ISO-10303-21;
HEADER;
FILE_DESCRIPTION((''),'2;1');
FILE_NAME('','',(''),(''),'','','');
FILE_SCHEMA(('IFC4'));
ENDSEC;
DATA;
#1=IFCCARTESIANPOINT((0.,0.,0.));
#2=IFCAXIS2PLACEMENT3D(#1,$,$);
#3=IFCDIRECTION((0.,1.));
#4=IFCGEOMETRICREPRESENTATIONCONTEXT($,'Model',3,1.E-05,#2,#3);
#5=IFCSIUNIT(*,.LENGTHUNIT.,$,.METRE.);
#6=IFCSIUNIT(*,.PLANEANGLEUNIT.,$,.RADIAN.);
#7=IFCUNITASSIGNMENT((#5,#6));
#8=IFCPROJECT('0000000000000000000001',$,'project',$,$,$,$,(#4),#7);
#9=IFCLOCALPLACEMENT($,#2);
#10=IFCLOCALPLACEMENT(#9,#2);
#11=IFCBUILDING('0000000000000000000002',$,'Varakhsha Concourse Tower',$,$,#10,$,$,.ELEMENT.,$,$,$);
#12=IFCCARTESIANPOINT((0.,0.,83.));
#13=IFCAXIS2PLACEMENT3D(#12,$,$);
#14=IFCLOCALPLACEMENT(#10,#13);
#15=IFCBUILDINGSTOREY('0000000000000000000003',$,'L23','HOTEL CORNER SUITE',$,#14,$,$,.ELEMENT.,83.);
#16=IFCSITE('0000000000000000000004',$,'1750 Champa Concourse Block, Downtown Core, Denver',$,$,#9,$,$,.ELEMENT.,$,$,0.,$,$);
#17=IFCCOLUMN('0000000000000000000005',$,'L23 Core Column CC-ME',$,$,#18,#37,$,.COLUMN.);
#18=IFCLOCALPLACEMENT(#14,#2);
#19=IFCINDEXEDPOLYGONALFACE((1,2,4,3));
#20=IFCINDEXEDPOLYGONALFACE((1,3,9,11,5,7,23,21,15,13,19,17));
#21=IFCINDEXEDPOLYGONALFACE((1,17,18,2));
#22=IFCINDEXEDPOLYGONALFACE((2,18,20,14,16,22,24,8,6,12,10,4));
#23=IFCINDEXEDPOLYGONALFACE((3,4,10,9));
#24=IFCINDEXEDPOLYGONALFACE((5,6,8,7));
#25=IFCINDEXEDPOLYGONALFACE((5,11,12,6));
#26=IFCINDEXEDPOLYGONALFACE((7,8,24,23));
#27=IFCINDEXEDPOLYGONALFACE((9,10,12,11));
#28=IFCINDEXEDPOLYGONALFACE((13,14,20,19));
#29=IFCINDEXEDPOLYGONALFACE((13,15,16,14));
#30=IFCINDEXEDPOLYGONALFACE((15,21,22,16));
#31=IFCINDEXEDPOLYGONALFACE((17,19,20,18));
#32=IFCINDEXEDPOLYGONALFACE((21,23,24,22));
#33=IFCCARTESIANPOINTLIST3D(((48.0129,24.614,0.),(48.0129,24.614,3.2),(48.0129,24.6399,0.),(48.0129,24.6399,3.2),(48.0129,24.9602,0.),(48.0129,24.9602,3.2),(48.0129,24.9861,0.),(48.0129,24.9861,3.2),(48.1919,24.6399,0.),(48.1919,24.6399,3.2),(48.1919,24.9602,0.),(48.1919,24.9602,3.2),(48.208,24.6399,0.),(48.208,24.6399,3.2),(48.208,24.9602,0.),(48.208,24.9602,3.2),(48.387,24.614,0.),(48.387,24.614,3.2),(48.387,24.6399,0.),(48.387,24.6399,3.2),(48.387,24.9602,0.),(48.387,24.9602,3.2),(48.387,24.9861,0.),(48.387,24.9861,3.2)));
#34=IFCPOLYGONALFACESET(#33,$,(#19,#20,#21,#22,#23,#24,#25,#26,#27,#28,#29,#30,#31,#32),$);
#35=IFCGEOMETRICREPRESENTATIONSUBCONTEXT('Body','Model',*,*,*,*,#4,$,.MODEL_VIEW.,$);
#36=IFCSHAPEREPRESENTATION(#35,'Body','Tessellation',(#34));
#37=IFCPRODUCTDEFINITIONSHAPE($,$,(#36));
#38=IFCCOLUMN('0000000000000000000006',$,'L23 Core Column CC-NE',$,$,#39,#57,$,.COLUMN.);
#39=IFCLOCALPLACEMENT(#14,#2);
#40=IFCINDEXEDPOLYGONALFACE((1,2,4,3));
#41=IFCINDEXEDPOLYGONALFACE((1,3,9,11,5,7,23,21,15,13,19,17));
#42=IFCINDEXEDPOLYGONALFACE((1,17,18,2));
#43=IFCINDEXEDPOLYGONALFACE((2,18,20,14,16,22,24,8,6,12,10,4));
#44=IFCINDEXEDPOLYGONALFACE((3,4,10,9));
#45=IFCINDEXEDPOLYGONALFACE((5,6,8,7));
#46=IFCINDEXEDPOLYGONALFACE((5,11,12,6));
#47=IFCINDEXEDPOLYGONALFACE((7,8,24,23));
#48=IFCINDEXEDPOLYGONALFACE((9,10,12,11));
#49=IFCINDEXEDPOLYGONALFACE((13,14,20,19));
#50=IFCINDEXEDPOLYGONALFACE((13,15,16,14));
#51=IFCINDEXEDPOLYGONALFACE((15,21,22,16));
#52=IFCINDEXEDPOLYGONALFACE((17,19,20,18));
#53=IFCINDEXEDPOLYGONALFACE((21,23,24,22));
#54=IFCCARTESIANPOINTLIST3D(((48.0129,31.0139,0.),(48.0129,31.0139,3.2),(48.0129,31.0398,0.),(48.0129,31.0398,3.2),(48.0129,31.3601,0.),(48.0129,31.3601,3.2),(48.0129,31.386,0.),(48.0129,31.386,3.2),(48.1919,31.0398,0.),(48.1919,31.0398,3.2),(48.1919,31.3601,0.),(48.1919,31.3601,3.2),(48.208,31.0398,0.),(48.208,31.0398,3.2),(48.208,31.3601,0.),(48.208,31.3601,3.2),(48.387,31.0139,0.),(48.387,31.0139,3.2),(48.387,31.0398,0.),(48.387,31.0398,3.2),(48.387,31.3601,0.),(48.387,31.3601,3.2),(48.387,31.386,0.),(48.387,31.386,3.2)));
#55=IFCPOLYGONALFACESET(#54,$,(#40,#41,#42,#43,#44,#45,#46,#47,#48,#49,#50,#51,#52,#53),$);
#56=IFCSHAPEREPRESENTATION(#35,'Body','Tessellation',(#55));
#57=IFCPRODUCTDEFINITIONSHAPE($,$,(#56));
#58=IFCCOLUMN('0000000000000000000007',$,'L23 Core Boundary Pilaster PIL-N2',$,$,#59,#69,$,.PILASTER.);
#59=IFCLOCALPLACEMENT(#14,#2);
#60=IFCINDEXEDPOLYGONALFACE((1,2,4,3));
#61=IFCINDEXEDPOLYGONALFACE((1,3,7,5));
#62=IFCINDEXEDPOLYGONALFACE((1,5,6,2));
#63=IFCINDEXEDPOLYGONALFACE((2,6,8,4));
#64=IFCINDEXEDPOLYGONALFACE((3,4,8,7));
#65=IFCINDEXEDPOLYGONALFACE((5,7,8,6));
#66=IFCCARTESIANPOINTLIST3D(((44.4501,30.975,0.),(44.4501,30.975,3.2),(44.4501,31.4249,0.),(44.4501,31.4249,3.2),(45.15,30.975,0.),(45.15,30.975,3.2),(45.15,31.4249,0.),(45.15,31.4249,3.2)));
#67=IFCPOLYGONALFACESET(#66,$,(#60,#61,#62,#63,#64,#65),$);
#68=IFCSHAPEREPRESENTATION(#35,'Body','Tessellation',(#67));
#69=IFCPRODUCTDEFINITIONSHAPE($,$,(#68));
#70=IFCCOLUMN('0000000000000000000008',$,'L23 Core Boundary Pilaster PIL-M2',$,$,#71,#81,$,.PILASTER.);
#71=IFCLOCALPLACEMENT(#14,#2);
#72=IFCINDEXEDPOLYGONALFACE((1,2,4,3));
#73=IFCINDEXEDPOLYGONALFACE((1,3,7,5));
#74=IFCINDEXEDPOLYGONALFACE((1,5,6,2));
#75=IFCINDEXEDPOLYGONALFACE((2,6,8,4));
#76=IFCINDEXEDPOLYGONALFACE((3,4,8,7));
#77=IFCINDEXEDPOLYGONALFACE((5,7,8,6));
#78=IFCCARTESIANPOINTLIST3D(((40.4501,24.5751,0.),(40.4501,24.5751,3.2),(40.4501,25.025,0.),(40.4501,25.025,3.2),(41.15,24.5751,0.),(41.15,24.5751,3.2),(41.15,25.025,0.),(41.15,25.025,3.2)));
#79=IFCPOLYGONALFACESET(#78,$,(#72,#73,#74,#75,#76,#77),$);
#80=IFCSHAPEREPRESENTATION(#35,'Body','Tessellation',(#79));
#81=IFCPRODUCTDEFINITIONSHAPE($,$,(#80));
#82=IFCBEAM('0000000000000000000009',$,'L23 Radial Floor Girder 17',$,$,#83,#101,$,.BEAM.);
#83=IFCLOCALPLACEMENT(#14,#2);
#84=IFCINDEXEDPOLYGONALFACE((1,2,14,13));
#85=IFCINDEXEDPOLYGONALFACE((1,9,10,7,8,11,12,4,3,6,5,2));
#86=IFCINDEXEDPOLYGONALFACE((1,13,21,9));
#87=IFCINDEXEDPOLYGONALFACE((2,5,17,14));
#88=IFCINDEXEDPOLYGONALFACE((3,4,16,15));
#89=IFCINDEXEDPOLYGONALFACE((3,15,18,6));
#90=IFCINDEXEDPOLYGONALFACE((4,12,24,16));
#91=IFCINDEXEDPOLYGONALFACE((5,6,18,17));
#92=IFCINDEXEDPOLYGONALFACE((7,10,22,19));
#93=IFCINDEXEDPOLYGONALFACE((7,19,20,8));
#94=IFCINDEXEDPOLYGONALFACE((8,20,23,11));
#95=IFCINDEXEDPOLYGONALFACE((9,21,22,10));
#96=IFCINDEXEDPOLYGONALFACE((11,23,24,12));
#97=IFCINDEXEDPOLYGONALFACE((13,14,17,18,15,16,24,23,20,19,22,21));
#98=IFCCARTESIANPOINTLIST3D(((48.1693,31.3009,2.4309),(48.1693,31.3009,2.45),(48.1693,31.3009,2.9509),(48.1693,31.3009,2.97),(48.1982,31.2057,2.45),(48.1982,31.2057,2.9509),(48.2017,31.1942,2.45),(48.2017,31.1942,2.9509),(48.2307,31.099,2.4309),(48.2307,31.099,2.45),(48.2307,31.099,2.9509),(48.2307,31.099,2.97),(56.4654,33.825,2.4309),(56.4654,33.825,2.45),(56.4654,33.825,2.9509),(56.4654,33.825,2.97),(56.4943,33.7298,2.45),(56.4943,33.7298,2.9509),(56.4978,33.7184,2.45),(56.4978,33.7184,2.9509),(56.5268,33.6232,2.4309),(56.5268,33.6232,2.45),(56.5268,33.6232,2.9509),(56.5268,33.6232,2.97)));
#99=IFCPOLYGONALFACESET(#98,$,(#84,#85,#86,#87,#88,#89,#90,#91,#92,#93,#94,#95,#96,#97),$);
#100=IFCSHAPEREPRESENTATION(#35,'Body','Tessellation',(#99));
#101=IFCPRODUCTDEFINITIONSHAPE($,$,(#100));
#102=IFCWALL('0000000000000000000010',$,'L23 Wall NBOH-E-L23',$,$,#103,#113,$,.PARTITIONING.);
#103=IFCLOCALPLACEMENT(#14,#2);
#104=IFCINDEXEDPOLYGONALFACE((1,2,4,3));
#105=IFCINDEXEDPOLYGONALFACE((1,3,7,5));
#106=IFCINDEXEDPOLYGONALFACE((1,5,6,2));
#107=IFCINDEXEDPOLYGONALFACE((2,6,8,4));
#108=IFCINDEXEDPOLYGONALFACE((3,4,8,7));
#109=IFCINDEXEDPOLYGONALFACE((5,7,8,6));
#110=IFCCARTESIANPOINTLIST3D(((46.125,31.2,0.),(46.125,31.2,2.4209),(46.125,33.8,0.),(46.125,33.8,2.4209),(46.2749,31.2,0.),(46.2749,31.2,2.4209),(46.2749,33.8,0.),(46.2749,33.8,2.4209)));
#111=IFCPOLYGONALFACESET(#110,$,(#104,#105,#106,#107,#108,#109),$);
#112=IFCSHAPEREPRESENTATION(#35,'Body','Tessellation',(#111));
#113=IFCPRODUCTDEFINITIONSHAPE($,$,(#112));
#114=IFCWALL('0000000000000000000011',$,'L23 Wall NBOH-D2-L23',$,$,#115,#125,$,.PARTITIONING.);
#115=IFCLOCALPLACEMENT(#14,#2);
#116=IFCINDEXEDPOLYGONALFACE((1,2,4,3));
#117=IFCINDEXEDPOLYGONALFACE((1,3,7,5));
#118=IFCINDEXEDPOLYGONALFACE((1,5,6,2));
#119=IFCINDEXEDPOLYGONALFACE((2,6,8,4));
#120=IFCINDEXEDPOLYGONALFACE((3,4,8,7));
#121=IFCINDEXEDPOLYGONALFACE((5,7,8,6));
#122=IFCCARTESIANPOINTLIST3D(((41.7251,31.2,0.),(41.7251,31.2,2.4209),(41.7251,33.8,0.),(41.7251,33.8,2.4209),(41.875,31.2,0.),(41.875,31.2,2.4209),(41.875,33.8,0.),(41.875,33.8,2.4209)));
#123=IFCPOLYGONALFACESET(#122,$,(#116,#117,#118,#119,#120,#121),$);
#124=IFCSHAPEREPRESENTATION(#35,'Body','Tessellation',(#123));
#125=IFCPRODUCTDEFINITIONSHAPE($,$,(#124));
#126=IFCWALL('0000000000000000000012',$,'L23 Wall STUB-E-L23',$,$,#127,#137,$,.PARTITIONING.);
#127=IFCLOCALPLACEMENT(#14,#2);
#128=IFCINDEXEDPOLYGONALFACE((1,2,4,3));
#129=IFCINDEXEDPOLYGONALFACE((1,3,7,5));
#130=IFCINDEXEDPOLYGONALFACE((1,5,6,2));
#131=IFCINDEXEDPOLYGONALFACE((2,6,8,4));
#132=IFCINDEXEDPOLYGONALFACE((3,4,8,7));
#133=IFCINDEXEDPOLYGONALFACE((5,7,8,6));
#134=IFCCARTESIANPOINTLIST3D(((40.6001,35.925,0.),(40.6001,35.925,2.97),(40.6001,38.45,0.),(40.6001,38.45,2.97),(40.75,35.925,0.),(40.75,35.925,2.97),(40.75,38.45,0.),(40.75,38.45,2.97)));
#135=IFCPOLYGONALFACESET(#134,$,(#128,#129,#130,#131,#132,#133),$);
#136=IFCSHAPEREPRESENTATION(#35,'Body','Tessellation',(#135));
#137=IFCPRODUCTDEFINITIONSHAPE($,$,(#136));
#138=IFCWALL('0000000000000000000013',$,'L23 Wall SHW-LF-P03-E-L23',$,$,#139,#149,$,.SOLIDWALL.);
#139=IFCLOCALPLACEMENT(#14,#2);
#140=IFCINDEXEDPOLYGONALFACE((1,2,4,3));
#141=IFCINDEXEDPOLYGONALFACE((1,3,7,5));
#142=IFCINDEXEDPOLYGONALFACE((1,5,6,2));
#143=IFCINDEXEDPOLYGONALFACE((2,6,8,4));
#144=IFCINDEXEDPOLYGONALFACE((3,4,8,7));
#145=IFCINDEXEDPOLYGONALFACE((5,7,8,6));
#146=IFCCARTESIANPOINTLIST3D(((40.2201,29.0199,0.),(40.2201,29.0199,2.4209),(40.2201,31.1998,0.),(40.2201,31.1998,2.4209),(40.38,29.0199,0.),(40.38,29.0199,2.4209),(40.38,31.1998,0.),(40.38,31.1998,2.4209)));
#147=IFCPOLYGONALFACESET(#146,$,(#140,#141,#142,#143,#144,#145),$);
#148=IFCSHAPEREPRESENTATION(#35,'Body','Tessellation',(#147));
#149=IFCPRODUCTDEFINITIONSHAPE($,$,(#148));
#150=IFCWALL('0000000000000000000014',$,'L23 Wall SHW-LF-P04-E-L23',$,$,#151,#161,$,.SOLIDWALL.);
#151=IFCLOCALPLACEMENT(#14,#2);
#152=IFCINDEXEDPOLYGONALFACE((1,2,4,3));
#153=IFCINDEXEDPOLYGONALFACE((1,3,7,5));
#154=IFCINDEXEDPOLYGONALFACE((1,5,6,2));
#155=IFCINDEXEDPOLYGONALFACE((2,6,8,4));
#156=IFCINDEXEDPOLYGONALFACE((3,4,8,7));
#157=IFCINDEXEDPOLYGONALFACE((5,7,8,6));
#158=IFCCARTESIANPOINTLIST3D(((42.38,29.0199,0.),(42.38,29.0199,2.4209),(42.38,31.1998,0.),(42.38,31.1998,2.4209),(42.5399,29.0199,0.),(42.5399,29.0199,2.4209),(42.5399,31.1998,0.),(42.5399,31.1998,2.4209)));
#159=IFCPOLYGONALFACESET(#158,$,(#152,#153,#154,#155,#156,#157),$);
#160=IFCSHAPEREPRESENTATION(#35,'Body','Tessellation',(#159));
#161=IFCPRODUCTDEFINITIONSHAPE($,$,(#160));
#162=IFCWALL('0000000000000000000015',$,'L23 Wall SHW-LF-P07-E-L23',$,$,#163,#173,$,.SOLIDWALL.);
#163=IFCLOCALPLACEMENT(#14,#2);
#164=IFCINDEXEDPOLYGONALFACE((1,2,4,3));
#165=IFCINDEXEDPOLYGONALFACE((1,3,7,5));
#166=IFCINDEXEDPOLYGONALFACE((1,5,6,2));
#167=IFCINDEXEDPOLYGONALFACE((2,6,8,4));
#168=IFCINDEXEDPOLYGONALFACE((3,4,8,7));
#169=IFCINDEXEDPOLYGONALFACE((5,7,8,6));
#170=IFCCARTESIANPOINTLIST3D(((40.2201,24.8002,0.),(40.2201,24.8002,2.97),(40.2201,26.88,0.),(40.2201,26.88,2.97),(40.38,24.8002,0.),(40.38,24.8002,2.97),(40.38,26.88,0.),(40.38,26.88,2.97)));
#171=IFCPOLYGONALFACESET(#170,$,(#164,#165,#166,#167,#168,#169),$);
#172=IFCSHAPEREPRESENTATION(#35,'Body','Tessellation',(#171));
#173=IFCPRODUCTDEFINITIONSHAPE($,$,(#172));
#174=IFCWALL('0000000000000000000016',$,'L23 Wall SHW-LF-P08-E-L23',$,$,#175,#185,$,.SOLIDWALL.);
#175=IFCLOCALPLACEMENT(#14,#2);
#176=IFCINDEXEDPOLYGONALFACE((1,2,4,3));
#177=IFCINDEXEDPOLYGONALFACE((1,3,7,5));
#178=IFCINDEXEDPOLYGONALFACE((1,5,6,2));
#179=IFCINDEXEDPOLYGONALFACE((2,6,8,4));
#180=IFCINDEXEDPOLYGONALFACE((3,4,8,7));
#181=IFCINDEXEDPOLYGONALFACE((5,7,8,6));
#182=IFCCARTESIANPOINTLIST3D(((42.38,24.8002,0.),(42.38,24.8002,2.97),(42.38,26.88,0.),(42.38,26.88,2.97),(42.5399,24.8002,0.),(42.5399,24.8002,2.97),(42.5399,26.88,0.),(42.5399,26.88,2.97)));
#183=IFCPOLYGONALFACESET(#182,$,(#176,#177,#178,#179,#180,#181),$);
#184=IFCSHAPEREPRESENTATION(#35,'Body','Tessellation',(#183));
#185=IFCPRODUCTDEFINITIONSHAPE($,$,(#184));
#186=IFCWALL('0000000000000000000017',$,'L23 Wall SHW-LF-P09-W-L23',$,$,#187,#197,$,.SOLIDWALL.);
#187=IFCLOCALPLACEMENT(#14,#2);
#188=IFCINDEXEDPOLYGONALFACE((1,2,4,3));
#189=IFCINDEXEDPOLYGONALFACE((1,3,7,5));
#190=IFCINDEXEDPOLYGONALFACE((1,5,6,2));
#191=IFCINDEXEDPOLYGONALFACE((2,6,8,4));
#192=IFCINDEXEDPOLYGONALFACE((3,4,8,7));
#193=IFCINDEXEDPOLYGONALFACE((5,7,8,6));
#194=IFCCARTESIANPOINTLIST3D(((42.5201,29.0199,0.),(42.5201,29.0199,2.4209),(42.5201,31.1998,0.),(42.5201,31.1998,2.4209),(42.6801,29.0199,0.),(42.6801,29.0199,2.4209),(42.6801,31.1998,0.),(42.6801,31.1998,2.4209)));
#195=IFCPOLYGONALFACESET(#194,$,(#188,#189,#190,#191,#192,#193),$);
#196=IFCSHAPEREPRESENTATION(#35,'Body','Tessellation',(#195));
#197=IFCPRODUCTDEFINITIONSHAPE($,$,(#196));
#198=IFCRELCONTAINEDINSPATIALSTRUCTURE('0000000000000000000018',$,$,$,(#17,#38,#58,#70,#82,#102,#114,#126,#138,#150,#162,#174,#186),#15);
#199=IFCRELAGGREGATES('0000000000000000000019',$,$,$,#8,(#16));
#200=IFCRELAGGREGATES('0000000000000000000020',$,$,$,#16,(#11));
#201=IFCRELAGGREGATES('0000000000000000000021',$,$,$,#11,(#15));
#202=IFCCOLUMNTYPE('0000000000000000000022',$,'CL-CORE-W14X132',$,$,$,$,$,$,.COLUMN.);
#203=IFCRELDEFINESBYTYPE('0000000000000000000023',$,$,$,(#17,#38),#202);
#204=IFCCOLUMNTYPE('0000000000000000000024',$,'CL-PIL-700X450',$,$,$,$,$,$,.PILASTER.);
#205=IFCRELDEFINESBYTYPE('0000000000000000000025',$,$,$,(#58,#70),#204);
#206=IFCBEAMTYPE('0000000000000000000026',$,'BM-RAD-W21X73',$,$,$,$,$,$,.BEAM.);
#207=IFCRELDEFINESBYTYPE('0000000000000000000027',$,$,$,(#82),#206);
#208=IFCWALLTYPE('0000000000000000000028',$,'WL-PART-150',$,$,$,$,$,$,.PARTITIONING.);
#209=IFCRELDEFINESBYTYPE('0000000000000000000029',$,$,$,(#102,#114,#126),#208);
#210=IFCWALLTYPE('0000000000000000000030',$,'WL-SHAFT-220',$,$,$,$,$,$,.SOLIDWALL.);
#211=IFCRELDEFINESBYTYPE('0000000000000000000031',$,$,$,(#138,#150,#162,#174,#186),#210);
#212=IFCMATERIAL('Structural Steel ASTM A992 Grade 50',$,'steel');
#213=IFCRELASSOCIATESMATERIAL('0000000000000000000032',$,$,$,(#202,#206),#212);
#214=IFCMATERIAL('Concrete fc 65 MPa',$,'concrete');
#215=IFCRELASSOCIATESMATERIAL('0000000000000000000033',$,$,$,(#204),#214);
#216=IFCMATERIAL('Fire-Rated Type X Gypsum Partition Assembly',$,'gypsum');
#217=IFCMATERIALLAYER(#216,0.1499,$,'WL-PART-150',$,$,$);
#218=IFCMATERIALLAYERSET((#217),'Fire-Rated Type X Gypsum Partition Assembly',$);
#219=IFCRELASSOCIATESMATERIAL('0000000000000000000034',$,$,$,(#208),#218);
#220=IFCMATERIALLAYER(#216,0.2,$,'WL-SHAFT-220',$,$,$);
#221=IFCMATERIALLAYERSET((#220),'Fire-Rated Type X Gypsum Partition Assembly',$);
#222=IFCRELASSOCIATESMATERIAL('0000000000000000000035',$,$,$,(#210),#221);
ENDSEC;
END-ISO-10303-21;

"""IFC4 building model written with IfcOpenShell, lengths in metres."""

from ifc_helpers import new_model, si_unit, direction, frame, frame_2d, origin, origin_2d, place, context, subcontext, project, spatial, rectangle, i_section, extrude, material, layer, layer_set, material_profile, profile_set, type_object, element, save


model = new_model("IFC4")

# Units and contexts
model_context = context("Model", 3, precision=1e-05, world=origin(), true_north=direction((0.0, 1.0)))
body_context = subcontext(model_context, "Body", "Model", "MODEL_VIEW")
ifc_project = project(units=[si_unit("LENGTHUNIT", "METRE"), si_unit("PLANEANGLEUNIT", "RADIAN")], contexts=[model_context])

# Site, building, storey
site_placement = place(None, origin())
site = spatial("IfcSite", under=ifc_project, at=site_placement, Name="1750 Champa Concourse Block, Downtown Core, Denver", CompositionType="ELEMENT", RefElevation=0.0)
building_placement = place(site_placement, origin())
building = spatial("IfcBuilding", under=site, at=building_placement, Name="Varakhsha Concourse Tower", CompositionType="ELEMENT")
storey_placement = place(building_placement, frame((0.0, 0.0, 83.0)))
storey = spatial("IfcBuildingStorey", under=building, at=storey_placement, Name="L23", Description="HOTEL CORNER SUITE", CompositionType="ELEMENT", Elevation=83.0)

# Columns
ifc_material_1 = material(Name="Structural Steel ASTM A992 Grade 50", Category="steel")
ifc_material_profile_1 = material_profile(ifc_material_1, i_section(OverallWidth=0.374, OverallDepth=0.3721, WebThickness=0.0161, FlangeThickness=0.0259, at=origin_2d()), Name="W14X132")
ifc_profile_set_1 = profile_set([ifc_material_profile_1], Name="Structural Steel ASTM A992 Grade 50")
column_type_1 = type_object("IfcColumnType", Name="CL-CORE-W14X132", PredefinedType="COLUMN", material=ifc_profile_set_1)
for number, where, z_axis, x_axis, name in (
    (1, (48.2, 24.8, 0.0), (0.0, 0.0, 1.0), (1.0, 0.0, 0.0), "L23 Core Column CC-ME"),
    (2, (48.2, 31.2, 0.0), (0.0, 0.0, 1.0), (1.0, 0.0, 0.0), "L23 Core Column CC-NE"),
):
    element("IfcColumn", number, at=place(storey_placement, frame(where, z_axis=z_axis, x_axis=x_axis)), inside=storey, type_object=column_type_1, Name=name, PredefinedType="COLUMN", context=body_context, shape_type="SweptSolid", body=[
        extrude(i_section(OverallWidth=0.374, OverallDepth=0.3721, WebThickness=0.0161, FlangeThickness=0.0259, at=origin_2d()), origin(), (0.0, 0.0, 1.0), 3.2),
    ])
ifc_material_2 = material(Name="Concrete fc 65 MPa", Category="concrete")
ifc_material_profile_2 = material_profile(ifc_material_2, rectangle(XDim=0.7, YDim=0.45, at=origin_2d()), Name="RC 700x450")
ifc_profile_set_2 = profile_set([ifc_material_profile_2], Name="Concrete fc 65 MPa")
column_type_2 = type_object("IfcColumnType", Name="CL-PIL-700X450", PredefinedType="PILASTER", material=ifc_profile_set_2)
for number, where, z_axis, x_axis, name in (
    (3, (44.8, 31.2, 0.0), (0.0, 0.0, 1.0), (1.0, 0.0, 0.0), "L23 Core Boundary Pilaster PIL-N2"),
    (4, (40.8, 24.8, 0.0), (0.0, 0.0, 1.0), (1.0, 0.0, 0.0), "L23 Core Boundary Pilaster PIL-M2"),
):
    element("IfcColumn", number, at=place(storey_placement, frame(where, z_axis=z_axis, x_axis=x_axis)), inside=storey, type_object=column_type_2, Name=name, PredefinedType="PILASTER", context=body_context, shape_type="SweptSolid", body=[
        extrude(rectangle(XDim=0.7, YDim=0.45, at=origin_2d()), origin(), (0.0, 0.0, 1.0), 3.2),
    ])

# Beam
ifc_material_profile_3 = material_profile(ifc_material_1, i_section(OverallWidth=0.2109, OverallDepth=0.5391, WebThickness=0.012, FlangeThickness=0.019, at=origin_2d()), Name="W21X73")
ifc_profile_set_3 = profile_set([ifc_material_profile_3], Name="Structural Steel ASTM A992 Grade 50")
beam_type = type_object("IfcBeamType", Name="BM-RAD-W21X73", PredefinedType="BEAM", material=ifc_profile_set_3)
beam_placement = place(storey_placement, frame((48.2, 31.2, 2.7004), z_axis=(0.956698, 0.291083, 0.0), x_axis=(-0.291083, 0.956698, 0.0)))
element("IfcBeam", 5, at=beam_placement, inside=storey, type_object=beam_type, Name="L23 Radial Floor Girder 17", PredefinedType="BEAM", context=body_context, shape_type="SweptSolid", body=[
    extrude(i_section(OverallWidth=0.2109, OverallDepth=0.5391, WebThickness=0.012, FlangeThickness=0.019, at=origin_2d()), origin(), (0.0, 0.0, 1.0), 8.6716),
])

# Walls
ifc_material_3 = material(Name="Fire-Rated Type X Gypsum Partition Assembly", Category="gypsum")
ifc_layer_1 = layer(ifc_material_3, 0.1499, Name="WL-PART-150")
ifc_layer_set_1 = layer_set([ifc_layer_1], Name="Fire-Rated Type X Gypsum Partition Assembly")
wall_type_1 = type_object("IfcWallType", Name="WL-PART-150", PredefinedType="PARTITIONING", material=ifc_layer_set_1)
for number, where, z_axis, x_axis, name in (
    (6, (46.2, 31.2, 0.0), (0.0, 0.0, 1.0), (0.0, 1.0, 0.0), "L23 Wall NBOH-E-L23"),
    (7, (41.8, 31.2, 0.0), (0.0, 0.0, 1.0), (0.0, 1.0, 0.0), "L23 Wall NBOH-D2-L23"),
):
    element("IfcWall", number, at=place(storey_placement, frame(where, z_axis=z_axis, x_axis=x_axis)), inside=storey, type_object=wall_type_1, Name=name, PredefinedType="PARTITIONING", context=body_context, shape_type="SweptSolid", body=[
        extrude(rectangle(XDim=2.6001, YDim=0.1499, at=frame_2d((1.3, 0.0))), origin(), (0.0, 0.0, 1.0), 2.4209),
    ])
wall_1_placement = place(storey_placement, frame((40.675, 35.925, 0.0), z_axis=(0.0, 0.0, 1.0), x_axis=(0.0, 1.0, 0.0)))
element("IfcWall", 8, at=wall_1_placement, inside=storey, type_object=wall_type_1, Name="L23 Wall STUB-E-L23", PredefinedType="PARTITIONING", context=body_context, shape_type="SweptSolid", body=[
    extrude(rectangle(XDim=2.5249, YDim=0.1499, at=frame_2d((1.2625, 0.0))), origin(), (0.0, 0.0, 1.0), 2.97),
])
ifc_layer_2 = layer(ifc_material_3, 0.2, Name="WL-SHAFT-220")
ifc_layer_set_2 = layer_set([ifc_layer_2], Name="Fire-Rated Type X Gypsum Partition Assembly")
wall_type_2 = type_object("IfcWallType", Name="WL-SHAFT-220", PredefinedType="SOLIDWALL", material=ifc_layer_set_2)
for number, where, z_axis, x_axis, name in (
    (9, (40.3, 29.02, 0.0), (0.0, 0.0, 1.0), (0.0, 1.0, 0.0), "L23 Wall SHW-LF-P03-E-L23"),
    (10, (42.46, 29.02, 0.0), (0.0, 0.0, 1.0), (0.0, 1.0, 0.0), "L23 Wall SHW-LF-P04-E-L23"),
):
    element("IfcWall", number, at=place(storey_placement, frame(where, z_axis=z_axis, x_axis=x_axis)), inside=storey, type_object=wall_type_2, Name=name, PredefinedType="SOLIDWALL", context=body_context, shape_type="SweptSolid", body=[
        extrude(rectangle(XDim=2.1799, YDim=0.1599, at=frame_2d((1.0898, 0.0))), origin(), (0.0, 0.0, 1.0), 2.4209),
    ])
for number, where, z_axis, x_axis, name in (
    (11, (40.3, 24.8, 0.0), (0.0, 0.0, 1.0), (0.0, 1.0, 0.0), "L23 Wall SHW-LF-P07-E-L23"),
    (12, (42.46, 24.8, 0.0), (0.0, 0.0, 1.0), (0.0, 1.0, 0.0), "L23 Wall SHW-LF-P08-E-L23"),
):
    element("IfcWall", number, at=place(storey_placement, frame(where, z_axis=z_axis, x_axis=x_axis)), inside=storey, type_object=wall_type_2, Name=name, PredefinedType="SOLIDWALL", context=body_context, shape_type="SweptSolid", body=[
        extrude(rectangle(XDim=2.0798, YDim=0.1599, at=frame_2d((1.04, 0.0))), origin(), (0.0, 0.0, 1.0), 2.97),
    ])
for number, where, z_axis, x_axis, name in (
    (13, (42.6001, 29.02, 0.0), (0.0, 0.0, 1.0), (0.0, 1.0, 0.0), "L23 Wall SHW-LF-P09-W-L23"),
):
    element("IfcWall", number, at=place(storey_placement, frame(where, z_axis=z_axis, x_axis=x_axis)), inside=storey, type_object=wall_type_2, Name=name, PredefinedType="SOLIDWALL", context=body_context, shape_type="SweptSolid", body=[
        extrude(rectangle(XDim=2.1799, YDim=0.1599, at=frame_2d((1.0898, 0.0))), origin(), (0.0, 0.0, 1.0), 2.4209),
    ])

save(model, "model.ifc")
